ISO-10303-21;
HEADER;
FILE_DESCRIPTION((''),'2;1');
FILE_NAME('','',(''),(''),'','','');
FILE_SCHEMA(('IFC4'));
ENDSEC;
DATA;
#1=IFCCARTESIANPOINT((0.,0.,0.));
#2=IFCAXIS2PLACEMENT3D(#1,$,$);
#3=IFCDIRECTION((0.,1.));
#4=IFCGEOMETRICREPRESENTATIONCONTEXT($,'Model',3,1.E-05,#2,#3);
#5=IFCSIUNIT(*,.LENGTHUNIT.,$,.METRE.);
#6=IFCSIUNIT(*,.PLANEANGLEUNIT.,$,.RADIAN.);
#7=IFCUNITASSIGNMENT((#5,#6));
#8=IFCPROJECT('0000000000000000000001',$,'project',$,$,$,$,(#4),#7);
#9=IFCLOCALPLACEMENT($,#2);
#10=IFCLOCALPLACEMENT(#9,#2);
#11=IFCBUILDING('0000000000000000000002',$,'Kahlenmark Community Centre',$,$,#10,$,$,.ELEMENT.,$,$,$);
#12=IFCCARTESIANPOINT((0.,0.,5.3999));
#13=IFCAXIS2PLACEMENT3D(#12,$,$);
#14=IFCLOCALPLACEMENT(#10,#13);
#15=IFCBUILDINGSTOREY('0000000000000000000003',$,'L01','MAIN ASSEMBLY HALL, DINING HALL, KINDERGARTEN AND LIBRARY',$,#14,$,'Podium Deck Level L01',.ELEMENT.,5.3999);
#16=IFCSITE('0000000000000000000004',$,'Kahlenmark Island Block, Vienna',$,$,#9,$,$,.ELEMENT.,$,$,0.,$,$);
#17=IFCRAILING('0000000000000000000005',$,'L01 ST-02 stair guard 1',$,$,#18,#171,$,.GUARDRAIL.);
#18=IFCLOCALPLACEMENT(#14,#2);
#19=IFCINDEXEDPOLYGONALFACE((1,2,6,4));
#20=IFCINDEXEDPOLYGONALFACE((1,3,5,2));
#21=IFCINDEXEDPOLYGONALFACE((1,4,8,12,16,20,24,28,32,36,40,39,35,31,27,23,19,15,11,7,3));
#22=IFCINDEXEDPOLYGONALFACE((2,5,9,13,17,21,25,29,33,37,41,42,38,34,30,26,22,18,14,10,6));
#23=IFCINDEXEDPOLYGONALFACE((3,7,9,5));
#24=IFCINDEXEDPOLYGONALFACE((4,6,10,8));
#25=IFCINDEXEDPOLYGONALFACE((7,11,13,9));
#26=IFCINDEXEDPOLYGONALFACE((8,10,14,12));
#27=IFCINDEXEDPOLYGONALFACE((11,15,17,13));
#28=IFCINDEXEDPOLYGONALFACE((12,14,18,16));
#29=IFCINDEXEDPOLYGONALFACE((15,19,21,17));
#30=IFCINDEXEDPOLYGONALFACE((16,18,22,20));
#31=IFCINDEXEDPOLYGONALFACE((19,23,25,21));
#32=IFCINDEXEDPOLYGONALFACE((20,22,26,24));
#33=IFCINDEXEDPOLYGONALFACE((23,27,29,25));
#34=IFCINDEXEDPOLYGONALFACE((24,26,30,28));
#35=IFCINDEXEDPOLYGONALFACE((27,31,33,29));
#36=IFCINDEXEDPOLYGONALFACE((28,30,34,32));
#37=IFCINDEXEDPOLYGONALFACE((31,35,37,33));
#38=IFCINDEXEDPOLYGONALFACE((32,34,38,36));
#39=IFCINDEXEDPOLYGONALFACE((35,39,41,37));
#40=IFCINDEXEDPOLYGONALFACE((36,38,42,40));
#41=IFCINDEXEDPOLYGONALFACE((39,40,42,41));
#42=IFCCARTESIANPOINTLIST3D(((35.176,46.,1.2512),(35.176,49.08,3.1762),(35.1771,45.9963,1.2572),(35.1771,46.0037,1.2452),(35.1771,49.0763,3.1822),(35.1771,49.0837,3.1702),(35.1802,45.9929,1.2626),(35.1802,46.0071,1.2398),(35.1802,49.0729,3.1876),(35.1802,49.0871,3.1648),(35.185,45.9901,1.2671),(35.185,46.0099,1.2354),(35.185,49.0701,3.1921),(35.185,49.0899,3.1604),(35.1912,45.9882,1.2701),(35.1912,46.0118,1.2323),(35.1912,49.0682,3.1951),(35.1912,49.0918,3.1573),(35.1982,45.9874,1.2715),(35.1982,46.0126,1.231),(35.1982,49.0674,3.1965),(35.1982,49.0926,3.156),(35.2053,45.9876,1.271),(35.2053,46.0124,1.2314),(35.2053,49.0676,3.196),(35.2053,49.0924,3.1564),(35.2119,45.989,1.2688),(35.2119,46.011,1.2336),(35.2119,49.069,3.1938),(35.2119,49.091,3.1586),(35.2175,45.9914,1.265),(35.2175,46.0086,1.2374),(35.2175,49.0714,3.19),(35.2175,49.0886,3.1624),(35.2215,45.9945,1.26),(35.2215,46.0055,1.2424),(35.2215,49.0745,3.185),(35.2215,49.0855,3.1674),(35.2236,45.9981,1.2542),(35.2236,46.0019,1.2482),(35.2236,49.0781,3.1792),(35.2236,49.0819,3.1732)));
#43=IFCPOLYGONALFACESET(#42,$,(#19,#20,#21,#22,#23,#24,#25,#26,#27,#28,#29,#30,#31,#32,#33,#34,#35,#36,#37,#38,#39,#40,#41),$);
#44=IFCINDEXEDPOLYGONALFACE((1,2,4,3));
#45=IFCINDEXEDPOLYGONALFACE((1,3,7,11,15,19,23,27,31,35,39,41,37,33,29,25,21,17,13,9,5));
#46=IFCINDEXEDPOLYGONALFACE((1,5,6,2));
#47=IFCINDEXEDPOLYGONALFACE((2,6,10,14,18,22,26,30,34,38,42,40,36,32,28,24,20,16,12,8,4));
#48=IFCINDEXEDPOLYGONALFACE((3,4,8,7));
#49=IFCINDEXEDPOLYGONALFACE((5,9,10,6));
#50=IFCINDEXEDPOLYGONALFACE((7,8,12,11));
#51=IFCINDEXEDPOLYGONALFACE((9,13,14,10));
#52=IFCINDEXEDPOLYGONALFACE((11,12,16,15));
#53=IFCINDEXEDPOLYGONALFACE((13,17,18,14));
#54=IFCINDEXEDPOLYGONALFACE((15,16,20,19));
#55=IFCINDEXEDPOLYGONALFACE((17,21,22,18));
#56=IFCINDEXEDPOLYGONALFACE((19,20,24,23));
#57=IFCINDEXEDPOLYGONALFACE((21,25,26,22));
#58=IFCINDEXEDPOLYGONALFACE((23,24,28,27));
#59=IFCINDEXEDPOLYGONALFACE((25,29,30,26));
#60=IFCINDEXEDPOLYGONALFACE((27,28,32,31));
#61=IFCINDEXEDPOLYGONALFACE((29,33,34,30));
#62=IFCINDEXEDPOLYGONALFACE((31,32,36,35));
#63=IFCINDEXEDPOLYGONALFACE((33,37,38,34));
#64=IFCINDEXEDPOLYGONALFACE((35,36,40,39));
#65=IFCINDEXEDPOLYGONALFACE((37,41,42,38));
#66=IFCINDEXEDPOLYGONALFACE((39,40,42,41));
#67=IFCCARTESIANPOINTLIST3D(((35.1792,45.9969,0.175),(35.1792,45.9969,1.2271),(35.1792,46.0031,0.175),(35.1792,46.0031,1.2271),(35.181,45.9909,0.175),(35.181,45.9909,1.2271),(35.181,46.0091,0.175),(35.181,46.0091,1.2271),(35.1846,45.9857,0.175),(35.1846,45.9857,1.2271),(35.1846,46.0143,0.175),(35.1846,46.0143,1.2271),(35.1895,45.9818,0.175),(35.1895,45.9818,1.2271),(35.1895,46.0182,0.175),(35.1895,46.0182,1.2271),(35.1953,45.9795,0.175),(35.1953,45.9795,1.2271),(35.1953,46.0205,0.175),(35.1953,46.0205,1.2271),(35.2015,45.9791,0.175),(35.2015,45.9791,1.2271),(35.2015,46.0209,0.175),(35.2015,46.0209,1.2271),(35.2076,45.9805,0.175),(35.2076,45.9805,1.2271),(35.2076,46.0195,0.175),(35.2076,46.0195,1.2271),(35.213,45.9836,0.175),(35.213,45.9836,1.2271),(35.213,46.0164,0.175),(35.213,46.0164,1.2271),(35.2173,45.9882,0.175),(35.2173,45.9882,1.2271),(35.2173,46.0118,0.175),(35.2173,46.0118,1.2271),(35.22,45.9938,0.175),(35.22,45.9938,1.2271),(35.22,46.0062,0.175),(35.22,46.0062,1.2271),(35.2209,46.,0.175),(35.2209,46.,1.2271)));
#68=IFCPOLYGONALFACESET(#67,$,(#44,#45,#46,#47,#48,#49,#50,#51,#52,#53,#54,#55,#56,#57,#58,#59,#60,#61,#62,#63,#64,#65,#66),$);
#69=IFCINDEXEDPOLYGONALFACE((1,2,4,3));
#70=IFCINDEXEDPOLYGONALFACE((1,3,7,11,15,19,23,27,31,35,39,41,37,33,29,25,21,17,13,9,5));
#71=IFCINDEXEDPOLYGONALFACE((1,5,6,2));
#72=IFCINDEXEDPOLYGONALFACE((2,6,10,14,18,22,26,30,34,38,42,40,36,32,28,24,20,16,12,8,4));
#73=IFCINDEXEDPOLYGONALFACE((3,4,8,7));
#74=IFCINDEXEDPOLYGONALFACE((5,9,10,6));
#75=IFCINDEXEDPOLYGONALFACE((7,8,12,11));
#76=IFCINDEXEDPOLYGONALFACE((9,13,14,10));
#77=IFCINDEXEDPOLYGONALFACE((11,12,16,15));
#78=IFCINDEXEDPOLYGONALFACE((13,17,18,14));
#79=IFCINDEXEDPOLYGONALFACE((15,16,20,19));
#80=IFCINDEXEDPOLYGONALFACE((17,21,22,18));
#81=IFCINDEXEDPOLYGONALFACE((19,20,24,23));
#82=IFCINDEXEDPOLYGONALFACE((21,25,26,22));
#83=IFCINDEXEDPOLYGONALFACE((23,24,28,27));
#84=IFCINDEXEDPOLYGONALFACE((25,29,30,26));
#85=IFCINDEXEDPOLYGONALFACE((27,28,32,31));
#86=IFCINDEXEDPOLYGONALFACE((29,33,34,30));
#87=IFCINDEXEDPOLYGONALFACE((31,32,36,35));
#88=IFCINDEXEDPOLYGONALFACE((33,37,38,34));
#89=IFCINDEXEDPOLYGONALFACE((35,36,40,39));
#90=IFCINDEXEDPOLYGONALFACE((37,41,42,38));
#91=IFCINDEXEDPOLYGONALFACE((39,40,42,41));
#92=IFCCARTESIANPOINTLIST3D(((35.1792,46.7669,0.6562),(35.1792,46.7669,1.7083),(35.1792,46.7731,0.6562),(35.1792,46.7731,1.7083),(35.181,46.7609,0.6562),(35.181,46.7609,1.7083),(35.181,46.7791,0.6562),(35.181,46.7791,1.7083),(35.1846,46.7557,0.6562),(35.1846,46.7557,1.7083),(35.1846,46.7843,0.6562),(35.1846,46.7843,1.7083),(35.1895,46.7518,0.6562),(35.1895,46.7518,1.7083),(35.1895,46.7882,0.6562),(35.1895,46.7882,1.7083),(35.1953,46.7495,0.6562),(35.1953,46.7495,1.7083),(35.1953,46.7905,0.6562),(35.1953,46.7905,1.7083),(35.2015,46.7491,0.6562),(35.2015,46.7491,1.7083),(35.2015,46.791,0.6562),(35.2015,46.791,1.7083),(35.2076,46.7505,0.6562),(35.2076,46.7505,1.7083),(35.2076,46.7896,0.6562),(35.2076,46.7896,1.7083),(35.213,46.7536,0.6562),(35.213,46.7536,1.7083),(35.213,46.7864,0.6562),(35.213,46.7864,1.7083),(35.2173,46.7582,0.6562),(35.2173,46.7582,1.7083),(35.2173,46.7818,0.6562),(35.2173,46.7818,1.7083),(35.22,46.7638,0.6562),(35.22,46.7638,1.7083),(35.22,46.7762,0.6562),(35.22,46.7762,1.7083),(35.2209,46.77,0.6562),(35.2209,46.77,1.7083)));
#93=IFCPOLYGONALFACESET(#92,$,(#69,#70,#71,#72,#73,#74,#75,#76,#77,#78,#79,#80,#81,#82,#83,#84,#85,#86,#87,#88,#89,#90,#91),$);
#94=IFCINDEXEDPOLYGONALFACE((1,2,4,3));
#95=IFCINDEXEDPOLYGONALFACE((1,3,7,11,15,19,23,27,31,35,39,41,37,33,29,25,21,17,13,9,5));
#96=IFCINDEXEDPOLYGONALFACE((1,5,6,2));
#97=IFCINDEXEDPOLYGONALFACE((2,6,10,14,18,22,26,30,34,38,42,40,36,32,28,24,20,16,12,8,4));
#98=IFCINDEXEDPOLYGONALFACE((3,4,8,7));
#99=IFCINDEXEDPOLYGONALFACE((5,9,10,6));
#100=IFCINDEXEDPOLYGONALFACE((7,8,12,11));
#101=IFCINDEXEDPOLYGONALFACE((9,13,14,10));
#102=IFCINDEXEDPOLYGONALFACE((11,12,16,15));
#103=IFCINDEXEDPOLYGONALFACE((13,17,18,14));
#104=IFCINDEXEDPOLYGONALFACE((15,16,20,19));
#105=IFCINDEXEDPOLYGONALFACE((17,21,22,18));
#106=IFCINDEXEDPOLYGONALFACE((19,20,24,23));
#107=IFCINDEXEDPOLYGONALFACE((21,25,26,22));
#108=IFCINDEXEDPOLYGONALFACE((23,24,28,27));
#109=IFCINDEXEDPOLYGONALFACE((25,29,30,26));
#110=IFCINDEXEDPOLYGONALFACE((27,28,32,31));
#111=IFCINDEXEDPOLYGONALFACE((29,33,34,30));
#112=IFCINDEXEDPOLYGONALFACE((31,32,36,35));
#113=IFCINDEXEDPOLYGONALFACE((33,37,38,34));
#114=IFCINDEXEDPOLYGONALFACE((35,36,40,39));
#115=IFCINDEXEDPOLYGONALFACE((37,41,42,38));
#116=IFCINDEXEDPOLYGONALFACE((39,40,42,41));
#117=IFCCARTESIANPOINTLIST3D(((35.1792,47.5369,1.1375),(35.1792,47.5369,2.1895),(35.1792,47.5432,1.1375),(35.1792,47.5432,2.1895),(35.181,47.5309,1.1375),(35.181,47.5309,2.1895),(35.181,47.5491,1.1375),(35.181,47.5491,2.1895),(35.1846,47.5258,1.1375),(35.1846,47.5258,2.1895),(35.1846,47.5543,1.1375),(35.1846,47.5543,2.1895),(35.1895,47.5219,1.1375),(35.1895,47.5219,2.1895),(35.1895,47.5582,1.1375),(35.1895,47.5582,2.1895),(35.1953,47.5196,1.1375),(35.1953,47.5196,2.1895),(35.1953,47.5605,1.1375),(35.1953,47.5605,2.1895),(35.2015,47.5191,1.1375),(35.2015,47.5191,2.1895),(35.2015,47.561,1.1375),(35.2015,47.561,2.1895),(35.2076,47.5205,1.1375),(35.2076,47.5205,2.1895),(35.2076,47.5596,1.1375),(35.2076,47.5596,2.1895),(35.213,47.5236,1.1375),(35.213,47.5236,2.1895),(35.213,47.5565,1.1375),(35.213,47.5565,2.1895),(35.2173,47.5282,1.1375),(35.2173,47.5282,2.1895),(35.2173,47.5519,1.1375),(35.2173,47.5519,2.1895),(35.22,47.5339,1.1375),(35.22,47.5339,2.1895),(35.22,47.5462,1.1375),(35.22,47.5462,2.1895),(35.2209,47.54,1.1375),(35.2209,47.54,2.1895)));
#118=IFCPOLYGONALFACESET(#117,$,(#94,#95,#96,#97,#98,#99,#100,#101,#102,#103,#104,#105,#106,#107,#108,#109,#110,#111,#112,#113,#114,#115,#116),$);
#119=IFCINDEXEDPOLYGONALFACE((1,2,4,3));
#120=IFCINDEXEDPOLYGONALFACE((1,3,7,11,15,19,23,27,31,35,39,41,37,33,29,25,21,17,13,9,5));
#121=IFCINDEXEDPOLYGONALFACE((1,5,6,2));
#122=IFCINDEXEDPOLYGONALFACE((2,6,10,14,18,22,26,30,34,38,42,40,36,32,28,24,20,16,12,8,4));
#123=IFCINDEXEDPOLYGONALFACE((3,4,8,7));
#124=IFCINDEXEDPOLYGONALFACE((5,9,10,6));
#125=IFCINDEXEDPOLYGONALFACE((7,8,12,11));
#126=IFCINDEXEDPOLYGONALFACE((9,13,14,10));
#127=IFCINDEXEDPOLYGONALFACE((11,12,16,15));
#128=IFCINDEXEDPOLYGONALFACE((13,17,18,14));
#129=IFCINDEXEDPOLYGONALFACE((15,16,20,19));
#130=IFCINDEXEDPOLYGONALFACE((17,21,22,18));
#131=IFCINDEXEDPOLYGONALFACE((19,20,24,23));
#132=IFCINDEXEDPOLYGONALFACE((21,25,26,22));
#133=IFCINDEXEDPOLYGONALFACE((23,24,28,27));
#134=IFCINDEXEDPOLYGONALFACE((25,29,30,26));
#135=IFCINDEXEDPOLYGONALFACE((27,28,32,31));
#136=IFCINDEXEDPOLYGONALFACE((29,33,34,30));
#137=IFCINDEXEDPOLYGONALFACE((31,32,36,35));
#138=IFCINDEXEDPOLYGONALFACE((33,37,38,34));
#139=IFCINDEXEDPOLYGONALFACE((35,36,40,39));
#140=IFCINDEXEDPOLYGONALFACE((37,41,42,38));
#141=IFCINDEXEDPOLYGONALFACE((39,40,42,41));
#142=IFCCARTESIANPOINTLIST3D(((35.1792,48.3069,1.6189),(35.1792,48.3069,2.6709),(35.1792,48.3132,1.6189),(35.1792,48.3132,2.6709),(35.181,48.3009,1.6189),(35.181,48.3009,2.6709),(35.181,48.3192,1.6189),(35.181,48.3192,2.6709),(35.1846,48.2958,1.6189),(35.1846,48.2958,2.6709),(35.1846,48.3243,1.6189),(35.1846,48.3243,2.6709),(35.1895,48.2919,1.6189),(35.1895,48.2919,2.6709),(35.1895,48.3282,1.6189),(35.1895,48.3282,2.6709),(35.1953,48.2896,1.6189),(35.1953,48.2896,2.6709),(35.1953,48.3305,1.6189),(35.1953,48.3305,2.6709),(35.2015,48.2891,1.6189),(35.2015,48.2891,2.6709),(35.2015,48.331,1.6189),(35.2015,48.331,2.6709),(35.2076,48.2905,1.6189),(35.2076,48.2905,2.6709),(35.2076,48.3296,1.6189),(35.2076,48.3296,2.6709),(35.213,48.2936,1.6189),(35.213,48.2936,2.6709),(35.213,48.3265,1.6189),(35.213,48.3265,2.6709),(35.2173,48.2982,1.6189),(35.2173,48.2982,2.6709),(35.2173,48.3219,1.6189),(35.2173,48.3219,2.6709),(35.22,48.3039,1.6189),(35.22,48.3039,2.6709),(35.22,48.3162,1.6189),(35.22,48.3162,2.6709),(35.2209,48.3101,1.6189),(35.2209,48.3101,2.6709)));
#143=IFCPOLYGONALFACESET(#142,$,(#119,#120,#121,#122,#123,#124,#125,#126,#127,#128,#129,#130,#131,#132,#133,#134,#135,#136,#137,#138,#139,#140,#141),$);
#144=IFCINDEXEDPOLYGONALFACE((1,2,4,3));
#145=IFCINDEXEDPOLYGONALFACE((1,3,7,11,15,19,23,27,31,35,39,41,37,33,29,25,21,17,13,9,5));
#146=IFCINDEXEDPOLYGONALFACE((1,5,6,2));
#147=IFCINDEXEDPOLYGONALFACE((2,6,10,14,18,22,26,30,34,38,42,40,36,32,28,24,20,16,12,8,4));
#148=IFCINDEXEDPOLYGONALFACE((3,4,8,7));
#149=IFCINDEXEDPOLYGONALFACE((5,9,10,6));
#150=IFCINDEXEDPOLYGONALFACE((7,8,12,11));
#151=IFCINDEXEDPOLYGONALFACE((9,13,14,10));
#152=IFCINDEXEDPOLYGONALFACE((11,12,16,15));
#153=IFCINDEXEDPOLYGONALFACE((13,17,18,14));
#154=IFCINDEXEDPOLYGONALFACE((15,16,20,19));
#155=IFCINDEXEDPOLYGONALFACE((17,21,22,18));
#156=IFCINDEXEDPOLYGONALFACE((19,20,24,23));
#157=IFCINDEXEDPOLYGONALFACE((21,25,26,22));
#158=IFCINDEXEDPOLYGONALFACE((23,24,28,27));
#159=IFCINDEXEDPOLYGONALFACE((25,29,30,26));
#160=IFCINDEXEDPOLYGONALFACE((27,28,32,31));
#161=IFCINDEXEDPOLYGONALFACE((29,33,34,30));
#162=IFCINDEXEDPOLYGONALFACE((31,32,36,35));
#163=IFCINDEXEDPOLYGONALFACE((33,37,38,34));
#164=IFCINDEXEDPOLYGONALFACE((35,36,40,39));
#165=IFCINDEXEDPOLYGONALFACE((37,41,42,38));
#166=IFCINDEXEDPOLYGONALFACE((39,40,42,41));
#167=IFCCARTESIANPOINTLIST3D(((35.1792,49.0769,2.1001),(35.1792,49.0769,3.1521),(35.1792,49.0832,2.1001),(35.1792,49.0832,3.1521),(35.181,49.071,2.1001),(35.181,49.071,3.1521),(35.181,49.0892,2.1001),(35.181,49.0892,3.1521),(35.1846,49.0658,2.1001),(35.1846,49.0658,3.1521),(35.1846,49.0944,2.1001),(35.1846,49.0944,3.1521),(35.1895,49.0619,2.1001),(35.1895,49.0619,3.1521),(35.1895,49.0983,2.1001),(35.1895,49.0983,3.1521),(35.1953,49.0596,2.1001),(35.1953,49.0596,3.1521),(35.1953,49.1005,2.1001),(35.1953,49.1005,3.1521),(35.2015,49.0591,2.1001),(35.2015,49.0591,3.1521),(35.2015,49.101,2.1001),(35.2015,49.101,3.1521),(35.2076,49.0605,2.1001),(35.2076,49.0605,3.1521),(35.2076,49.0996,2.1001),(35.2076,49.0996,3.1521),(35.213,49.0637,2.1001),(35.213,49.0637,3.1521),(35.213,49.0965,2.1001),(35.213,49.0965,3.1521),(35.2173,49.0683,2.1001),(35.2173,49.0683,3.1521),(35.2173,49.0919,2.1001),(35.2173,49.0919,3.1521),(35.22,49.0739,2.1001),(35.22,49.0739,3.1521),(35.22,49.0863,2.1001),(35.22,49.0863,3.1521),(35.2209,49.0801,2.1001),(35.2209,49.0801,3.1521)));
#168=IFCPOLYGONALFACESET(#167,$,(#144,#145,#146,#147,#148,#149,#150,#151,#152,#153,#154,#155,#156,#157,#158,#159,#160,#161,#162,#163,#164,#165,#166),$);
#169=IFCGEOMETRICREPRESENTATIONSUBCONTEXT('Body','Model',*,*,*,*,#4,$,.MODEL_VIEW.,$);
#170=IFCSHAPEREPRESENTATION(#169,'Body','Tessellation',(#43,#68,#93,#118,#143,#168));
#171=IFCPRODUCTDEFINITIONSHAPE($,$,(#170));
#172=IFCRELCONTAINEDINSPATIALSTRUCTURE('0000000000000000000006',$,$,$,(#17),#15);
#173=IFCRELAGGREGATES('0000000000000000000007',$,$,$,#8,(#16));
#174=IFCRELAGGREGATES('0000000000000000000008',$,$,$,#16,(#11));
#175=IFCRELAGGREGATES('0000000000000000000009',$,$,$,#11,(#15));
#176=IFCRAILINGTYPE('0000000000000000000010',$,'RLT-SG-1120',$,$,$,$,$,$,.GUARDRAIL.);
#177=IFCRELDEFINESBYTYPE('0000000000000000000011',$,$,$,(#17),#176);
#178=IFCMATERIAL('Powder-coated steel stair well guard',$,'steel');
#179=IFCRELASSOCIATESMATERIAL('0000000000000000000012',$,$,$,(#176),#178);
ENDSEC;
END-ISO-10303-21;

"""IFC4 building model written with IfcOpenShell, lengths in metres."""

from ifc_helpers import new_model, si_unit, direction, frame, origin, origin_2d, place, context, subcontext, project, spatial, circle, extrude, material, type_object, element, save


model = new_model("IFC4")

# Units and contexts
model_context = context("Model", 3, precision=1e-05, world=origin(), true_north=direction((0.0, 1.0)))
body_context = subcontext(model_context, "Body", "Model", "MODEL_VIEW")
ifc_project = project(units=[si_unit("LENGTHUNIT", "METRE"), si_unit("PLANEANGLEUNIT", "RADIAN")], contexts=[model_context])

# Site, building, storey
site_placement = place(None, origin())
site = spatial("IfcSite", under=ifc_project, at=site_placement, Name="Kahlenmark Island Block, Vienna", CompositionType="ELEMENT", RefElevation=0.0)
building_placement = place(site_placement, origin())
building = spatial("IfcBuilding", under=site, at=building_placement, Name="Kahlenmark Community Centre", CompositionType="ELEMENT")
storey_placement = place(building_placement, frame((0.0, 0.0, 5.3999)))
storey = spatial("IfcBuildingStorey", under=building, at=storey_placement, Name="L01", Description="MAIN ASSEMBLY HALL, DINING HALL, KINDERGARTEN AND LIBRARY", LongName="Podium Deck Level L01", CompositionType="ELEMENT", Elevation=5.3999)

# Railing
ifc_material_1 = material(Name="Powder-coated steel stair well guard", Category="steel")
railing_type_1 = type_object("IfcRailingType", Name="RLT-SG-1120", PredefinedType="GUARDRAIL", material=ifc_material_1)
railing_1_placement = place(storey_placement, frame((35.2, 46.0, 0.175)))
element("IfcRailing", 1, at=railing_1_placement, inside=storey, type_object=railing_type_1, Name="L01 ST-02 stair guard 1", PredefinedType="GUARDRAIL", context=body_context, shape_type="SweptSolid", body=[
    extrude(circle(Radius=0.0239, at=origin_2d()), frame((0.0, 0.0, 1.0762), z_axis=(0.0, 0.847998, 0.529999), x_axis=(-1.0, 0.0, 0.0)), (0.0, 0.0, 1.0), 3.6321),
    extrude(circle(Radius=0.021, at=origin_2d()), origin(), (0.0, 0.0, 1.0), 1.052),
    extrude(circle(Radius=0.021, at=origin_2d()), frame((0.0, 0.77, 0.4812)), (0.0, 0.0, 1.0), 1.052),
    extrude(circle(Radius=0.021, at=origin_2d()), frame((0.0, 1.54, 0.9624)), (0.0, 0.0, 1.0), 1.052),
    extrude(circle(Radius=0.021, at=origin_2d()), frame((0.0, 2.3101, 1.4438)), (0.0, 0.0, 1.0), 1.052),
    extrude(circle(Radius=0.021, at=origin_2d()), frame((0.0, 3.0801, 1.925)), (0.0, 0.0, 1.0), 1.052),
])

save(model, "model.ifc")
